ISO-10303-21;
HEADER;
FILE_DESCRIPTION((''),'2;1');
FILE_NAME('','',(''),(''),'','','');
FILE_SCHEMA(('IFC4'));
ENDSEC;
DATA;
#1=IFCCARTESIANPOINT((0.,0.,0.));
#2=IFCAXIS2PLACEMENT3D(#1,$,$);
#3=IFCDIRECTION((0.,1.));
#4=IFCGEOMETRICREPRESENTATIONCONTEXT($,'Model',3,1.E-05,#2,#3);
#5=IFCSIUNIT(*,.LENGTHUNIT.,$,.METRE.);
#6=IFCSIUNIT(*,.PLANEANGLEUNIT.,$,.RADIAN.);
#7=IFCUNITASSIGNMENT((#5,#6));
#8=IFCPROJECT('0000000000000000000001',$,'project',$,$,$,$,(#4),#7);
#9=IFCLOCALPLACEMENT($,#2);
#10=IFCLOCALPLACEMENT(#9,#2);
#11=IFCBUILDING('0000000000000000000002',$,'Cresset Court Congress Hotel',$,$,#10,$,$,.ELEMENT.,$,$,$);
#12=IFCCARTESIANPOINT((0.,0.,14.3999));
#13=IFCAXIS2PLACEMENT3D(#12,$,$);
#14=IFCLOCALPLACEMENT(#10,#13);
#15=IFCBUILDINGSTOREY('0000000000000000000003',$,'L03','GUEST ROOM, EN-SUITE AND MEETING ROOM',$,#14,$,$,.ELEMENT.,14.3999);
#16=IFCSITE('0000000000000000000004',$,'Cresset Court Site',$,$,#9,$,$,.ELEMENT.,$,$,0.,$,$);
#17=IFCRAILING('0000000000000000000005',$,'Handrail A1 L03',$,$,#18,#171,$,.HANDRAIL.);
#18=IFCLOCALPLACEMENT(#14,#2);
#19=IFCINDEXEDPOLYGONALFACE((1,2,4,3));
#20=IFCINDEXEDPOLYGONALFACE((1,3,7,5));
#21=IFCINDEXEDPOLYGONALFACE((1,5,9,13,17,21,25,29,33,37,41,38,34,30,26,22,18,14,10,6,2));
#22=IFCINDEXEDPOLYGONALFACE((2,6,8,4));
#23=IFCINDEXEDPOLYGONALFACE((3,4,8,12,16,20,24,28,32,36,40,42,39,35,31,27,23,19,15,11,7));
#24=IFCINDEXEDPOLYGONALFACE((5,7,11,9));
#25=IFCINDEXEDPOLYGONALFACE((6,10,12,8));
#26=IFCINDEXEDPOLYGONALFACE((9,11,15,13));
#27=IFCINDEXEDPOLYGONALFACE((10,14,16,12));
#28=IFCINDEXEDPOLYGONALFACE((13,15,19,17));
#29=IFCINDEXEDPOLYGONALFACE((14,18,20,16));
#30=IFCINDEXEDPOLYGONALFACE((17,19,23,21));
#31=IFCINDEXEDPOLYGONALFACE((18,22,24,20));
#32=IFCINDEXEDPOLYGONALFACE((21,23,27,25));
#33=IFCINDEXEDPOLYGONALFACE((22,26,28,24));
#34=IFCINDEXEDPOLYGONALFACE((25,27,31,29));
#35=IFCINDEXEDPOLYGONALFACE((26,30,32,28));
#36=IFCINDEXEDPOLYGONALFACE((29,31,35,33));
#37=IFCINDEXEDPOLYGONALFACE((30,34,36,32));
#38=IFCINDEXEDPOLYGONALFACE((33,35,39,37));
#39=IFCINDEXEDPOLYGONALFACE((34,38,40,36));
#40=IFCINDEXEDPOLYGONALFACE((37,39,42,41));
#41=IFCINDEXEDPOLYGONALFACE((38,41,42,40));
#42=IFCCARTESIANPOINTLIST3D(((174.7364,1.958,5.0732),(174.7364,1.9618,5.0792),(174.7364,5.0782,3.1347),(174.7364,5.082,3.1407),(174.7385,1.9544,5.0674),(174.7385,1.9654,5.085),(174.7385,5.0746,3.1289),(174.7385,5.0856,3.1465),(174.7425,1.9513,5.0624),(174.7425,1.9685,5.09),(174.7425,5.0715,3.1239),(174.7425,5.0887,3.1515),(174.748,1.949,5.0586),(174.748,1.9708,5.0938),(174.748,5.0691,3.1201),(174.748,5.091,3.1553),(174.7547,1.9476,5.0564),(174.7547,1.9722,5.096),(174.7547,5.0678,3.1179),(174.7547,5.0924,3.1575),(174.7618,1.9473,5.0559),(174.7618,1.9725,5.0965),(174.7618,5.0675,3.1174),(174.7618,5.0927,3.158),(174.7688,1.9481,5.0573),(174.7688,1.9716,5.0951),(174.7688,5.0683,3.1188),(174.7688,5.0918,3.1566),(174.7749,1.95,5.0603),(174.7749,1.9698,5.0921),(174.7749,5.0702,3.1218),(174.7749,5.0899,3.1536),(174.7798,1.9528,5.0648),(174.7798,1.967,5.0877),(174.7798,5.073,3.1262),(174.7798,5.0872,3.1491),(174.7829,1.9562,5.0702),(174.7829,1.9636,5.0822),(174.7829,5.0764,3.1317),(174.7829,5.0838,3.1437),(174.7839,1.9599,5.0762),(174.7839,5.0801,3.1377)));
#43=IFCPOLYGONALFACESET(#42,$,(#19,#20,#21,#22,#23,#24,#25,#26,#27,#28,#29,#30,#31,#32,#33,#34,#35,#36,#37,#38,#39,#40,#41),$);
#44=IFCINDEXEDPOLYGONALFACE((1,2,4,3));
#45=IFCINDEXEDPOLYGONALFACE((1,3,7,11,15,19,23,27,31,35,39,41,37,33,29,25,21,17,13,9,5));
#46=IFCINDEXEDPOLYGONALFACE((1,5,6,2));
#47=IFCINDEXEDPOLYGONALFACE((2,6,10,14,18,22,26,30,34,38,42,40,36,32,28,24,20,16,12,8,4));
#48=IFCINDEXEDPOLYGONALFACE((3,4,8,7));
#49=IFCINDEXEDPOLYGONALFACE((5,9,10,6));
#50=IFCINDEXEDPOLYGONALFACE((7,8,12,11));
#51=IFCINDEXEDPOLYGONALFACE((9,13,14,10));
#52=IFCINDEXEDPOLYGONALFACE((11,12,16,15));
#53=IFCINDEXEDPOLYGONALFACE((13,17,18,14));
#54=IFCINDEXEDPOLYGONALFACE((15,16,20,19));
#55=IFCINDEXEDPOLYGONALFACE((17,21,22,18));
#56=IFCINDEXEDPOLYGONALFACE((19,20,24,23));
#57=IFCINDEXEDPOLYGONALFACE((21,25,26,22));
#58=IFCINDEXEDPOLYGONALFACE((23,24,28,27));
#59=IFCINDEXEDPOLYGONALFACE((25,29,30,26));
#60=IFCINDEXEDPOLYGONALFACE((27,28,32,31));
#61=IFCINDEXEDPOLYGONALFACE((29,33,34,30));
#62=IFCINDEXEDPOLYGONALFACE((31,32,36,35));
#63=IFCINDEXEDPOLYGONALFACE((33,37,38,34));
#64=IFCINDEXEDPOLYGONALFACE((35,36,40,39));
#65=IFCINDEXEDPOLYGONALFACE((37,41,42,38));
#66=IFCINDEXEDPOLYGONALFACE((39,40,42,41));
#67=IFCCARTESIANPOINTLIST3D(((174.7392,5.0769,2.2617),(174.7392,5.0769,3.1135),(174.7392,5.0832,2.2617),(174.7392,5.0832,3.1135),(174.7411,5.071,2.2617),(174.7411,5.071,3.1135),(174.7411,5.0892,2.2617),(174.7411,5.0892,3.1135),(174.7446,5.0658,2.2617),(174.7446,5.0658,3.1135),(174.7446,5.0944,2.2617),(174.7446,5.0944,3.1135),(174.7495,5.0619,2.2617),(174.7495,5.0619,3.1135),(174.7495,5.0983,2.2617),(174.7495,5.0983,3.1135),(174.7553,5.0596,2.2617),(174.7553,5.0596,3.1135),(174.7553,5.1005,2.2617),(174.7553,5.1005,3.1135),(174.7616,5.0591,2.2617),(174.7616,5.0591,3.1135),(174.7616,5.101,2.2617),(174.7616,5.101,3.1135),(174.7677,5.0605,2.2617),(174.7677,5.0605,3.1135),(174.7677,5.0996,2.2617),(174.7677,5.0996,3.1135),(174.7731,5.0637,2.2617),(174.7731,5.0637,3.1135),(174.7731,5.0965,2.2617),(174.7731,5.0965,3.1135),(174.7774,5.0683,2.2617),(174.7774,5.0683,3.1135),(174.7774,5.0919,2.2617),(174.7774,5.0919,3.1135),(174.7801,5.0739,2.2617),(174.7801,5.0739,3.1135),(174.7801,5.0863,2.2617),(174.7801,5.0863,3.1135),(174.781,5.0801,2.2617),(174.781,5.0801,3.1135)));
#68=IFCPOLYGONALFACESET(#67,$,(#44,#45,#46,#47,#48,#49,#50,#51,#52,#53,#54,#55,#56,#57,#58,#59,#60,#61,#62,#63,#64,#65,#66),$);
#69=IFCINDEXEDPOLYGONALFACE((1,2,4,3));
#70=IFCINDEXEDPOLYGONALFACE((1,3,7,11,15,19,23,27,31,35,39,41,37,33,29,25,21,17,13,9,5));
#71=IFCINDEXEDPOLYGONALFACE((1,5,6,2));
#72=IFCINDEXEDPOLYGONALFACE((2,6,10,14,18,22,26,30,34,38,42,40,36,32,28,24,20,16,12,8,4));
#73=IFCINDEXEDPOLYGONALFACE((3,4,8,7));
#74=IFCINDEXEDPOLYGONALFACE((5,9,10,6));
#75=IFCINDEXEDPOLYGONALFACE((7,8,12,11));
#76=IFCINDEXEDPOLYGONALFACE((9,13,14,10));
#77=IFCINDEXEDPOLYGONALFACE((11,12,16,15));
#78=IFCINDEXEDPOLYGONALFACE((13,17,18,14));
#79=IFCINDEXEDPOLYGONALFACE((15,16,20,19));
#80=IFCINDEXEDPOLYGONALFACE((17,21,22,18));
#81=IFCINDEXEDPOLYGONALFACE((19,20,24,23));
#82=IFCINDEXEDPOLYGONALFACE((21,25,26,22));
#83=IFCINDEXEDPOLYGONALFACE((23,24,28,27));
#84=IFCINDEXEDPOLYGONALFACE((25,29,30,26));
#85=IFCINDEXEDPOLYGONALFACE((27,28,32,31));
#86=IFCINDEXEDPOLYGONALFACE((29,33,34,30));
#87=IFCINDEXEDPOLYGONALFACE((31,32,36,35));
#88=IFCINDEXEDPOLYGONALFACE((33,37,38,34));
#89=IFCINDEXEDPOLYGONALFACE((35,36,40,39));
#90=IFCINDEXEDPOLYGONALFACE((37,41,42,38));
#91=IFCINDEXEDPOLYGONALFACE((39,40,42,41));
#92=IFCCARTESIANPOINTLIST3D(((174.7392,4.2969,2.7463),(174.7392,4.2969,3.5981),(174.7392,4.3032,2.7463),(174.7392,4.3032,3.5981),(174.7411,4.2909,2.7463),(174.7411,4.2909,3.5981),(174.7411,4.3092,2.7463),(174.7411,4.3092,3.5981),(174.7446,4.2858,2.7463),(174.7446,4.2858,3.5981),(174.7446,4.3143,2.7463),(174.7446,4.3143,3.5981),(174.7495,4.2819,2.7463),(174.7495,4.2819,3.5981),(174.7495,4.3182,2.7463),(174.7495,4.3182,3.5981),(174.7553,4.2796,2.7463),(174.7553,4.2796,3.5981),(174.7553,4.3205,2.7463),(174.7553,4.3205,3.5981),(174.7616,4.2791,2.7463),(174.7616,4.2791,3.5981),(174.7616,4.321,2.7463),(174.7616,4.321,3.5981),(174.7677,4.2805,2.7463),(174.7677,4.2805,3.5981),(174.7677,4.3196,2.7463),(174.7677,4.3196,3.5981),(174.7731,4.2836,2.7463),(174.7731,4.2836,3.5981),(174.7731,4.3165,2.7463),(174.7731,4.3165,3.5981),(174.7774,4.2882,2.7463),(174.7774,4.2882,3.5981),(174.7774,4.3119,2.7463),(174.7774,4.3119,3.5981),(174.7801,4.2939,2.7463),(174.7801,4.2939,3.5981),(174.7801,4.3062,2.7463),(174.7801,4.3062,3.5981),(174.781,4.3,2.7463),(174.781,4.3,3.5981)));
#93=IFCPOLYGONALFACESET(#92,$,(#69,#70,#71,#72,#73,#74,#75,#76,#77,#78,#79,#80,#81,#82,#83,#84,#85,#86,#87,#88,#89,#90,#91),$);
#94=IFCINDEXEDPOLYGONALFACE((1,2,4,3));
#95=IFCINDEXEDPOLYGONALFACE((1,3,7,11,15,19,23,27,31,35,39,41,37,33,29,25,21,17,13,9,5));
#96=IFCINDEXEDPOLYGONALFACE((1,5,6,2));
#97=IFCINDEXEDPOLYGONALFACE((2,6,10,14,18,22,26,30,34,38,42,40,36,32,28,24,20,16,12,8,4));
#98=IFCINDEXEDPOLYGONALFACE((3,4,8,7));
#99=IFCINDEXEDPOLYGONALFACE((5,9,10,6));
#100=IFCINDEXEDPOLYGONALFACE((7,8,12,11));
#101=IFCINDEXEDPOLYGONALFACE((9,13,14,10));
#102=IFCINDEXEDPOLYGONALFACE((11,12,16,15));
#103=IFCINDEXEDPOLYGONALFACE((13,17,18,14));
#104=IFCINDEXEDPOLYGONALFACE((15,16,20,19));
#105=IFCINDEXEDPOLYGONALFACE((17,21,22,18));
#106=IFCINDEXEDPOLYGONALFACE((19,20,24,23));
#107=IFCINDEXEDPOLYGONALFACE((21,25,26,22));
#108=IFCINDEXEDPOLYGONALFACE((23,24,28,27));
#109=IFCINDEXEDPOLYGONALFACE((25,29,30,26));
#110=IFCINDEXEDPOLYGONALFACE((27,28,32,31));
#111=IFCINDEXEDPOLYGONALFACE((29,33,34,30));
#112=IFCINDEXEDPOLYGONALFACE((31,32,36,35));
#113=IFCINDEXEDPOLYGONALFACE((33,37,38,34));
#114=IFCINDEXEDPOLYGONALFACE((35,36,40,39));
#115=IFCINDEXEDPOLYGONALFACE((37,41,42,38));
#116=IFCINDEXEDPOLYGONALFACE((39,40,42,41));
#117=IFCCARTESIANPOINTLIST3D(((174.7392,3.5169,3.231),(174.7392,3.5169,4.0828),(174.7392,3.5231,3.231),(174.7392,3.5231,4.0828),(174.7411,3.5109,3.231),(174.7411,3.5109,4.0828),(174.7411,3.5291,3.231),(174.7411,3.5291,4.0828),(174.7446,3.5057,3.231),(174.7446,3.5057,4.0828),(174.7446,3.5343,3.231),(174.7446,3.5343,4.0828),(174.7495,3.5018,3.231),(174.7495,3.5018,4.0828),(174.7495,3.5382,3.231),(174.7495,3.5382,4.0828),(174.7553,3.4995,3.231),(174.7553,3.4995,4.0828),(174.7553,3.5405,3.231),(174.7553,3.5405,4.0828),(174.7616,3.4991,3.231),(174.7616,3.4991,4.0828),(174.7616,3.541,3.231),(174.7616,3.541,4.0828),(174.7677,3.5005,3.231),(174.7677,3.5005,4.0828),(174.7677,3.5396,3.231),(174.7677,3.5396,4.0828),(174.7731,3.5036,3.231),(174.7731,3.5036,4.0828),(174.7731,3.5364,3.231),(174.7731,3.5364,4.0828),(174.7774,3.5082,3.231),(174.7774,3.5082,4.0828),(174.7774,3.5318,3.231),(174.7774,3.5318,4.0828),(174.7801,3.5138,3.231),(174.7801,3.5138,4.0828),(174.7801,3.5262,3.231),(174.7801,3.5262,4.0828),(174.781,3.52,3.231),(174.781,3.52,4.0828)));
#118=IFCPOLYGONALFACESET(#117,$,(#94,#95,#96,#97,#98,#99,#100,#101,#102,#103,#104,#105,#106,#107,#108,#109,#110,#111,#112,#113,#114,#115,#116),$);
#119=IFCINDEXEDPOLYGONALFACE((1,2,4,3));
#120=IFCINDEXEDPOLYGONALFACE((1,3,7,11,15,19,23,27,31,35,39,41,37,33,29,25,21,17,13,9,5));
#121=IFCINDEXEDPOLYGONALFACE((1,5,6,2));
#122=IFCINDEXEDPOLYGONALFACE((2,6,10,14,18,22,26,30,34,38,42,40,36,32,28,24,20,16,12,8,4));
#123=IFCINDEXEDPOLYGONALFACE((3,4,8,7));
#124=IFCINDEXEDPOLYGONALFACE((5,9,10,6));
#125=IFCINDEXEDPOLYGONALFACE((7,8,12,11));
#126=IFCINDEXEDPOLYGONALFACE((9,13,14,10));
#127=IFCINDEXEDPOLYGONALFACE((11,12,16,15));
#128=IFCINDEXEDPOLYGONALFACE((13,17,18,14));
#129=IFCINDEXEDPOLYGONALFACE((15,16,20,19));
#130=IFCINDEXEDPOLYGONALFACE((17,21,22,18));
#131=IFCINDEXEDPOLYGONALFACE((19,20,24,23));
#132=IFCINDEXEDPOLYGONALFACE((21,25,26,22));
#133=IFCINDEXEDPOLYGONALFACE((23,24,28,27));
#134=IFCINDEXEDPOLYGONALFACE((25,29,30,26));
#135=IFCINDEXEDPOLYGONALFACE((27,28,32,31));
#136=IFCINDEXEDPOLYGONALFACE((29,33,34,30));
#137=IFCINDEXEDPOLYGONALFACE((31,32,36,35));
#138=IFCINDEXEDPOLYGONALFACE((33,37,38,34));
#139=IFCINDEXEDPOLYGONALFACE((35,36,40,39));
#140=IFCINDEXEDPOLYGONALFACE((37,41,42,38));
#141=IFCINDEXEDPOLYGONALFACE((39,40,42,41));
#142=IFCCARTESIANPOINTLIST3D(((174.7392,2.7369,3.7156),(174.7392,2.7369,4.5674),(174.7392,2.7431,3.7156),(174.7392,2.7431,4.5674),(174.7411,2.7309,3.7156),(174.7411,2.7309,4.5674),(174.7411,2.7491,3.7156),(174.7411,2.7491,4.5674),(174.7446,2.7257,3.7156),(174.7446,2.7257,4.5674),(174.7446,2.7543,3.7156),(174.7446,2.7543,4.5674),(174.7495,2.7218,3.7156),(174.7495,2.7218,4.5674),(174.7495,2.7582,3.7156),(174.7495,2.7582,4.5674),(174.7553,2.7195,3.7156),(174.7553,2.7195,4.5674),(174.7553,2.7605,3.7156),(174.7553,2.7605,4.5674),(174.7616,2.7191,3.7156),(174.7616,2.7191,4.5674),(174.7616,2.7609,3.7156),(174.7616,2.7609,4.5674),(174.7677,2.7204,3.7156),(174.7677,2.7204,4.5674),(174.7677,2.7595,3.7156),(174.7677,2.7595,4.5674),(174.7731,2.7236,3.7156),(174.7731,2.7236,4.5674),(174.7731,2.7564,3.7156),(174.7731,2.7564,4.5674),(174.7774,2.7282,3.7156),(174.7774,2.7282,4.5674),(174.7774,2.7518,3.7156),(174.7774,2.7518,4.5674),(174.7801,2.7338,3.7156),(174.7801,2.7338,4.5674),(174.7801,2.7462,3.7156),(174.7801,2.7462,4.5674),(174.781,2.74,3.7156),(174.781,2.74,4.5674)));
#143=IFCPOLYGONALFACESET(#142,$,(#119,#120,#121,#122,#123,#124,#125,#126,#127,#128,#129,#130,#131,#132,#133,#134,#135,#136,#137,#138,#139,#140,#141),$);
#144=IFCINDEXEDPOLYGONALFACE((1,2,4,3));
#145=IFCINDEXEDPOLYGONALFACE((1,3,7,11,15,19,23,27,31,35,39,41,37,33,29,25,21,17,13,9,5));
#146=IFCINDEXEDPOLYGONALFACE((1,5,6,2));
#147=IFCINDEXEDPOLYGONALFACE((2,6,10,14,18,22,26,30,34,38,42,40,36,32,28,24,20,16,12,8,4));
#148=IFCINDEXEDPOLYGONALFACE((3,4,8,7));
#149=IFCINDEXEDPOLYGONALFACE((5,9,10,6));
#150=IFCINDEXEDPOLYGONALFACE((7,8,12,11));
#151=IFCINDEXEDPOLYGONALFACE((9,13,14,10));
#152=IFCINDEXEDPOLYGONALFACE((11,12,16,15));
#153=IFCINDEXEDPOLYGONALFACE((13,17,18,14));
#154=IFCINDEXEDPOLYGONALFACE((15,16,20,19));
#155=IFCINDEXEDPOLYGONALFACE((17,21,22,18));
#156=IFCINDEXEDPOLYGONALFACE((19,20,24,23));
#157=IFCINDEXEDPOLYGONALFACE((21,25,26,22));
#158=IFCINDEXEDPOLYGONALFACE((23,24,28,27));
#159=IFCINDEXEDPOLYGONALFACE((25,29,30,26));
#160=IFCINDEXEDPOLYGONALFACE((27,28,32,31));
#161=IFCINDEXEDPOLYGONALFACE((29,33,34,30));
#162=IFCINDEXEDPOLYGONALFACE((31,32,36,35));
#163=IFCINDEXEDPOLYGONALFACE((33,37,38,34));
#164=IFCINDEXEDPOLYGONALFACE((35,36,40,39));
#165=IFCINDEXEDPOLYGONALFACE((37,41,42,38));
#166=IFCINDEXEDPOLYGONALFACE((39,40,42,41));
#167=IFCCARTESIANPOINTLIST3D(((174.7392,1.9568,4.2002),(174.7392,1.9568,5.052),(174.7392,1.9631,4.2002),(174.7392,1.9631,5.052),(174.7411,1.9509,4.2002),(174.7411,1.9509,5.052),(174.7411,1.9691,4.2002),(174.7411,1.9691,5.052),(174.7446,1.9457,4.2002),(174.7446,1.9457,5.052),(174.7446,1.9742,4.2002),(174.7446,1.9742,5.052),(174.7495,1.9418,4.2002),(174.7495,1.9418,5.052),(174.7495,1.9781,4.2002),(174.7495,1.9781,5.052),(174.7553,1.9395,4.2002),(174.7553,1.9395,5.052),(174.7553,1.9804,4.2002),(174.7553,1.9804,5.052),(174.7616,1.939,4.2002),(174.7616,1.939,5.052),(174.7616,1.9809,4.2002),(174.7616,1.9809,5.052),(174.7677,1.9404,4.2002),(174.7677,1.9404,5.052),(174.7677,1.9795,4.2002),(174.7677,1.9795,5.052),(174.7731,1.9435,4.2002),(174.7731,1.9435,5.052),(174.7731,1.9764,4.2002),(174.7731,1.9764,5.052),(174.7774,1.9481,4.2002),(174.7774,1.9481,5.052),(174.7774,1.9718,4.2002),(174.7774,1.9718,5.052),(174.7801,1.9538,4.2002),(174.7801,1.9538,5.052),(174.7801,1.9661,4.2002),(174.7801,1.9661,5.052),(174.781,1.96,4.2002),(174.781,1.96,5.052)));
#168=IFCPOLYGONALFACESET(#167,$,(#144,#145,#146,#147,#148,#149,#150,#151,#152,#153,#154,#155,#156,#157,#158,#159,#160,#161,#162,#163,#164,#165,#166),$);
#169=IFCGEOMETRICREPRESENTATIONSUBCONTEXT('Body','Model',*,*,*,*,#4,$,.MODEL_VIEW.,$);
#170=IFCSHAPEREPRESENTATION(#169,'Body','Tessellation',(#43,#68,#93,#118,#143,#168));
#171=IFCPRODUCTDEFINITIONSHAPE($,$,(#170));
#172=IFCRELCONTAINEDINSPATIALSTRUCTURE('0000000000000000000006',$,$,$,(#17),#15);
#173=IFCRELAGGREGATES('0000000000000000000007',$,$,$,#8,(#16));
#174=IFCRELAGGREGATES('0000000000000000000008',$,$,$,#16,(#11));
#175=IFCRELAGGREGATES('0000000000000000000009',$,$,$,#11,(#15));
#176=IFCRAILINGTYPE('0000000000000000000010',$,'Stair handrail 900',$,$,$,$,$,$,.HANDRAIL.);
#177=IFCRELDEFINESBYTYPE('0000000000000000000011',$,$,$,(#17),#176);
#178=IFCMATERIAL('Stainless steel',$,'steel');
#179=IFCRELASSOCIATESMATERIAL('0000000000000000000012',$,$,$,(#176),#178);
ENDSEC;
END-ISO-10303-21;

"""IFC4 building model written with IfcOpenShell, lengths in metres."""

from ifc_helpers import new_model, si_unit, direction, frame, origin, origin_2d, place, context, subcontext, project, spatial, circle, extrude, material, type_object, element, save


model = new_model("IFC4")

# Units and contexts
model_context = context("Model", 3, precision=1e-05, world=origin(), true_north=direction((0.0, 1.0)))
body_context = subcontext(model_context, "Body", "Model", "MODEL_VIEW")
ifc_project = project(units=[si_unit("LENGTHUNIT", "METRE"), si_unit("PLANEANGLEUNIT", "RADIAN")], contexts=[model_context])

# Site, building, storey
site_placement = place(None, origin())
site = spatial("IfcSite", under=ifc_project, at=site_placement, Name="Cresset Court Site", CompositionType="ELEMENT", RefElevation=0.0)
building_placement = place(site_placement, origin())
building = spatial("IfcBuilding", under=site, at=building_placement, Name="Cresset Court Congress Hotel", CompositionType="ELEMENT")
storey_placement = place(building_placement, frame((0.0, 0.0, 14.3999)))
storey = spatial("IfcBuildingStorey", under=building, at=storey_placement, Name="L03", Description="GUEST ROOM, EN-SUITE AND MEETING ROOM", CompositionType="ELEMENT", Elevation=14.3999)

# Railing
ifc_material_1 = material(Name="Stainless steel", Category="steel")
railing_type_1 = type_object("IfcRailingType", Name="Stair handrail 900", PredefinedType="HANDRAIL", material=ifc_material_1)
for number, where, name in (
    (1, (174.76, 5.0801, 2.2617), "Handrail A1 L03"),
):
    element("IfcRailing", number, at=place(storey_placement, frame(where)), inside=storey, type_object=railing_type_1, Name=name, PredefinedType="HANDRAIL", context=body_context, shape_type="SweptSolid", body=[
        extrude(circle(Radius=0.0239, at=origin_2d()), frame((0.0, 0.0, 0.876), z_axis=(0.0, -0.849414, 0.527727), x_axis=(1.0, 0.0, 0.0)), (0.0, 0.0, 1.0), 3.6733),
        extrude(circle(Radius=0.021, at=origin_2d()), origin(), (0.0, 0.0, 1.0), 0.8518),
        extrude(circle(Radius=0.021, at=origin_2d()), frame((0.0, -0.78, 0.4846)), (0.0, 0.0, 1.0), 0.8518),
        extrude(circle(Radius=0.021, at=origin_2d()), frame((0.0, -1.5601, 0.9692)), (0.0, 0.0, 1.0), 0.8518),
        extrude(circle(Radius=0.021, at=origin_2d()), frame((0.0, -2.3401, 1.4539)), (0.0, 0.0, 1.0), 0.8518),
        extrude(circle(Radius=0.021, at=origin_2d()), frame((0.0, -3.1201, 1.9385)), (0.0, 0.0, 1.0), 0.8518),
    ])

save(model, "model.ifc")
